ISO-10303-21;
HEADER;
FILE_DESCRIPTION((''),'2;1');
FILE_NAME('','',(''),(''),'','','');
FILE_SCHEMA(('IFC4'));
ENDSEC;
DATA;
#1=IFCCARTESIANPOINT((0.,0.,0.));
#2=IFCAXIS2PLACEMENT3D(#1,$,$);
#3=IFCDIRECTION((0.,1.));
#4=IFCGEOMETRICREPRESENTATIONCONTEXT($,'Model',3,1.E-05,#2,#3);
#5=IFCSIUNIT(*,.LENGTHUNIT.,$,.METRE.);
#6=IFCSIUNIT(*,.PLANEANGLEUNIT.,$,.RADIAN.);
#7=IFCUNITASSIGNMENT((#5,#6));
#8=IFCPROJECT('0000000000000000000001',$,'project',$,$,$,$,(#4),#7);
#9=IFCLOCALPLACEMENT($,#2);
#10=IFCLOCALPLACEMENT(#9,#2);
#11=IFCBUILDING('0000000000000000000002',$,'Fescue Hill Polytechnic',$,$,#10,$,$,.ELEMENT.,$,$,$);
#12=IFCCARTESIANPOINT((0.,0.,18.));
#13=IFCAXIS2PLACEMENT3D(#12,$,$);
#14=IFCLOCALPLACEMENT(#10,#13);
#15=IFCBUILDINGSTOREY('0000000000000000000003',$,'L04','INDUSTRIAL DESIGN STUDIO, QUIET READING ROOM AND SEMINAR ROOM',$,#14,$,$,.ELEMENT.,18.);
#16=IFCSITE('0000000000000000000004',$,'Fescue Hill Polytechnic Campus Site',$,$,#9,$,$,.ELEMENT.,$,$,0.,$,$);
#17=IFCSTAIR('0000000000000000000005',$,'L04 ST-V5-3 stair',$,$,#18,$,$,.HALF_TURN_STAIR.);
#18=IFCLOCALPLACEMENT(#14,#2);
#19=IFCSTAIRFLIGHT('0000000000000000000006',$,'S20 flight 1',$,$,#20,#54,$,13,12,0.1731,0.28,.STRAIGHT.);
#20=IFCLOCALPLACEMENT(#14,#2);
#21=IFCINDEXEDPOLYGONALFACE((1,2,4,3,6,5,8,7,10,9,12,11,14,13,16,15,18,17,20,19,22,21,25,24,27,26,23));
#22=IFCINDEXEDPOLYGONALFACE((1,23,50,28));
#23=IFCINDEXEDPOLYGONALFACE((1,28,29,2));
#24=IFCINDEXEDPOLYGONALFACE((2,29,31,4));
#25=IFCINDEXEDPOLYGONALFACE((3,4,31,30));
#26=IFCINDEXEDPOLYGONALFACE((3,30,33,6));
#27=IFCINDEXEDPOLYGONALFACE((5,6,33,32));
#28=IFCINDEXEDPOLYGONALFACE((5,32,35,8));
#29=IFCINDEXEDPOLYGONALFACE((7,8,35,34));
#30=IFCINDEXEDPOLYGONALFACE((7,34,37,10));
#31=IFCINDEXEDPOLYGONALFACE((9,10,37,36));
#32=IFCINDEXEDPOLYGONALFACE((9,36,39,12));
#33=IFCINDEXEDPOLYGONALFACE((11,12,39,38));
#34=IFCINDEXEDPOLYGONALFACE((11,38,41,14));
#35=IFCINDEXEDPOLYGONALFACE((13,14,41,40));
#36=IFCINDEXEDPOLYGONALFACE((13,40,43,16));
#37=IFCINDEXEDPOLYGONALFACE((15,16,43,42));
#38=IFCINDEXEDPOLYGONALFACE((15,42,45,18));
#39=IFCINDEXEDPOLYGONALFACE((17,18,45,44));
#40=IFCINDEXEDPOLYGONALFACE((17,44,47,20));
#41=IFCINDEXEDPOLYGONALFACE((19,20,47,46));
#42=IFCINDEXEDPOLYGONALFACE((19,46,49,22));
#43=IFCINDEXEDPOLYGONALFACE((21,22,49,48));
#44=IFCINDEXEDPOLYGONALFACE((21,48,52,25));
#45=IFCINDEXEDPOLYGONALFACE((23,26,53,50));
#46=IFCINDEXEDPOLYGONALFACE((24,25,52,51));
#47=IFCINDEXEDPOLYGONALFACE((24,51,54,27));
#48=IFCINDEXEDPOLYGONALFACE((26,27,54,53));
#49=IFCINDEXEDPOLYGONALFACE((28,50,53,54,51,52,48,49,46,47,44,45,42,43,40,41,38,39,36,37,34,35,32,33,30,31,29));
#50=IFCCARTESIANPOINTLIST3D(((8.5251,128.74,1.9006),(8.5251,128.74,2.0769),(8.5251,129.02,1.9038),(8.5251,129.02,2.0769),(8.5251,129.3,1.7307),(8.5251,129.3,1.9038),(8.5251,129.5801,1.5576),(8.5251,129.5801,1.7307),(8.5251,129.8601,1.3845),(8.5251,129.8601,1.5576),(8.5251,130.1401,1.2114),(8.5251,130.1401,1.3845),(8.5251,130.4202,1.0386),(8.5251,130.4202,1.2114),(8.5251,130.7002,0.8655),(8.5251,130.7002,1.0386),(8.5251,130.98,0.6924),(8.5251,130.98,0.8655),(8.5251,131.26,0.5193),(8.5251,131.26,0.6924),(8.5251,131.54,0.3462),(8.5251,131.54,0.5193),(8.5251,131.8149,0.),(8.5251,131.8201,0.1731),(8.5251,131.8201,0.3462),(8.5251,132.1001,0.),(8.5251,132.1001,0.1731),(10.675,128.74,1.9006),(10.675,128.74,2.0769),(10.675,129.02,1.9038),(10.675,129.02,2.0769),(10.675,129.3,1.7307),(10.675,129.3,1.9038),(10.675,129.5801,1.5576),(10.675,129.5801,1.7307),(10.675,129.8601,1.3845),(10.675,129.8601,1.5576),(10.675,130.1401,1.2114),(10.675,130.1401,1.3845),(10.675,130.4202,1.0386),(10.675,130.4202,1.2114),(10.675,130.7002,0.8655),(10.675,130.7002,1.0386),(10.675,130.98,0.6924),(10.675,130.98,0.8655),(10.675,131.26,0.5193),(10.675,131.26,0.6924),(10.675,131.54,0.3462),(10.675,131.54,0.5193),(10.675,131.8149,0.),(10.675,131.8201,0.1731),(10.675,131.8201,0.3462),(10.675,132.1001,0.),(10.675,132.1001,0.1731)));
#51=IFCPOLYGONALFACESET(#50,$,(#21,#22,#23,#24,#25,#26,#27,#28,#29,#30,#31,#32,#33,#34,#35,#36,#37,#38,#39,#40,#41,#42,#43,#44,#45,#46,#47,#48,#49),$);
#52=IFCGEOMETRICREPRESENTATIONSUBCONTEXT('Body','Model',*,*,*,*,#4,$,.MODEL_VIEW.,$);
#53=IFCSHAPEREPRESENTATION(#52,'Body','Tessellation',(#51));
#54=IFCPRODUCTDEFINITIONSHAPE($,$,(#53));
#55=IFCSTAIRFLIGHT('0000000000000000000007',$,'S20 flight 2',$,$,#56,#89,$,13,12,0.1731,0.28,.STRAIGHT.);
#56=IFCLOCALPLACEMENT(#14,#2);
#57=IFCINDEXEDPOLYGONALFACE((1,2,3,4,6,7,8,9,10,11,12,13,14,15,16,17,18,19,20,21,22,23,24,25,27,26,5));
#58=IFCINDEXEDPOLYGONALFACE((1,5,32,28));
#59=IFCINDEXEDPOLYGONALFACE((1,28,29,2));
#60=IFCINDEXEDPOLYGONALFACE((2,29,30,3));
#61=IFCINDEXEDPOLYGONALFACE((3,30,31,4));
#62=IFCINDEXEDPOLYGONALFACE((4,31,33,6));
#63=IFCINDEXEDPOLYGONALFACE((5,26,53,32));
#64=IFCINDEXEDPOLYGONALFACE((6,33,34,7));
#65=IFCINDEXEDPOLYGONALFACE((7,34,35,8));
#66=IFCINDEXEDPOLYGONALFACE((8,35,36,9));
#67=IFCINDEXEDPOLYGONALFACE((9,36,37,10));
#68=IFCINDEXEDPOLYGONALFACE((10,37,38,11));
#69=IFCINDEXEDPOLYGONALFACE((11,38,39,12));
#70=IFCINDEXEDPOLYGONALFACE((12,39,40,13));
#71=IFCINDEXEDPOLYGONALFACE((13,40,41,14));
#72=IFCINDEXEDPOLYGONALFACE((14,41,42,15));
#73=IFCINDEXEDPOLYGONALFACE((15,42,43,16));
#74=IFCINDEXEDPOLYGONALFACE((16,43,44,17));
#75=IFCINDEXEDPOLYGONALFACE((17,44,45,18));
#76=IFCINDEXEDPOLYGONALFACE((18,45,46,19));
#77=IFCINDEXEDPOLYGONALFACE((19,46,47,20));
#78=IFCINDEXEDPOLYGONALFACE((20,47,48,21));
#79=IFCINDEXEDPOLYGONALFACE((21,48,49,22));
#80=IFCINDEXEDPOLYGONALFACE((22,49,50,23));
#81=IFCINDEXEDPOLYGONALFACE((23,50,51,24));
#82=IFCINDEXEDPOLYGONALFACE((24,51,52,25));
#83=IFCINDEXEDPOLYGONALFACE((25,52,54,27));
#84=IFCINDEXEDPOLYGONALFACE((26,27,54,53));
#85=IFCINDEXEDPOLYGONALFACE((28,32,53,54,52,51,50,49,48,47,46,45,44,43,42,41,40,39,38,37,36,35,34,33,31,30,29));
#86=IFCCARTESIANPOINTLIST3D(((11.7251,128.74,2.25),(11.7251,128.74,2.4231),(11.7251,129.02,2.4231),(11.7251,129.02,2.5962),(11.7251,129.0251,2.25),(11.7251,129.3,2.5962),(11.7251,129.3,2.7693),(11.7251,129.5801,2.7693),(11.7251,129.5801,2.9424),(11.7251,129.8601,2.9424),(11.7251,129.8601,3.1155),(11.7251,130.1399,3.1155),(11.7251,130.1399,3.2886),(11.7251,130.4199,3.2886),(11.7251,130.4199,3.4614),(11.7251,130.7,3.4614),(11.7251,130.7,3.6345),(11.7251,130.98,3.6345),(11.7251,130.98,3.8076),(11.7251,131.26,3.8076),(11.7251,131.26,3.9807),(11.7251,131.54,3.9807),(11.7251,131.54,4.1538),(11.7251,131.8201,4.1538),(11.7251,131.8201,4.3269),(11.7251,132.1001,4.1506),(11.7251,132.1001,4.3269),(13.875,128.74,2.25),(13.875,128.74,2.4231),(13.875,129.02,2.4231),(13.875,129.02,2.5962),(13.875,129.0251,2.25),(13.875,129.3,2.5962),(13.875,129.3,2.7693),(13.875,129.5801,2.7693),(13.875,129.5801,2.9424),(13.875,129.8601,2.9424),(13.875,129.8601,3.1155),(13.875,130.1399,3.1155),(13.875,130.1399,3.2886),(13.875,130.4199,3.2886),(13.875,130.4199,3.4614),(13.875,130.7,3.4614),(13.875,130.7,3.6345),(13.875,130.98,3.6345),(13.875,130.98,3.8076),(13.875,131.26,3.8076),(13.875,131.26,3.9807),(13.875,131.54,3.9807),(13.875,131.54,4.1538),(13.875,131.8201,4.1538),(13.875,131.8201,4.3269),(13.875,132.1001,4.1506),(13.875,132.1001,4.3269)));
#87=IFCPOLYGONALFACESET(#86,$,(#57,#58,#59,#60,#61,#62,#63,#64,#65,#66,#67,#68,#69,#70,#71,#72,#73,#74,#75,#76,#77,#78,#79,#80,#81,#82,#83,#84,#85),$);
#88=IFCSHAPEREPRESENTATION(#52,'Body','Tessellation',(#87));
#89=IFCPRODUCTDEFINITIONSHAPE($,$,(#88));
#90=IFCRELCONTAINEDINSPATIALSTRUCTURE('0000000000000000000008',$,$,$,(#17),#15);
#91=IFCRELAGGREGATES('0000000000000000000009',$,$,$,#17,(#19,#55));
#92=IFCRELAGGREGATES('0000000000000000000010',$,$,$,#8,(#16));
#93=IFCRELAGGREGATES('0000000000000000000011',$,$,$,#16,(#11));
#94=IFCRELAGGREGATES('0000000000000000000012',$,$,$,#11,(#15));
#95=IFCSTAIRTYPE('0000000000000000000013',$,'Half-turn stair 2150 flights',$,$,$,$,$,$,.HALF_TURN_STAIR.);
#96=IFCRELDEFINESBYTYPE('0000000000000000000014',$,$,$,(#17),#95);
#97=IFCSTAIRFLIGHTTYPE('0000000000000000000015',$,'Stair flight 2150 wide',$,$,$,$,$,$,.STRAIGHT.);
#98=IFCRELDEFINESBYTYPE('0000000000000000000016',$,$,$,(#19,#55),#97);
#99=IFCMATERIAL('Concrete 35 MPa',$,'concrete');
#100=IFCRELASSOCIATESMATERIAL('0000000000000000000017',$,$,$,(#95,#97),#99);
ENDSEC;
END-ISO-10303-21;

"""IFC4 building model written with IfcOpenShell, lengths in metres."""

from ifc_helpers import new_model, si_unit, direction, frame, origin, place, context, subcontext, project, spatial, polyline, outline, extrude, material, type_object, element, aggregate, save


model = new_model("IFC4")

# Units and contexts
model_context = context("Model", 3, precision=1e-05, world=origin(), true_north=direction((0.0, 1.0)))
body_context = subcontext(model_context, "Body", "Model", "MODEL_VIEW")
ifc_project = project(units=[si_unit("LENGTHUNIT", "METRE"), si_unit("PLANEANGLEUNIT", "RADIAN")], contexts=[model_context])

# Site, building, storey
site_placement = place(None, origin())
site = spatial("IfcSite", under=ifc_project, at=site_placement, Name="Fescue Hill Polytechnic Campus Site", CompositionType="ELEMENT", RefElevation=0.0)
building_placement = place(site_placement, origin())
building = spatial("IfcBuilding", under=site, at=building_placement, Name="Fescue Hill Polytechnic", CompositionType="ELEMENT")
storey_placement = place(building_placement, frame((0.0, 0.0, 18.0)))
storey = spatial("IfcBuildingStorey", under=building, at=storey_placement, Name="L04", Description="INDUSTRIAL DESIGN STUDIO, QUIET READING ROOM AND SEMINAR ROOM", CompositionType="ELEMENT", Elevation=18.0)

# Shared definitions
ifc_material_1 = material(Name="Concrete 35 MPa", Category="concrete")

# Stair, stair flights
stair_type = type_object("IfcStairType", Name="Half-turn stair 2150 flights", PredefinedType="HALF_TURN_STAIR", material=ifc_material_1)
stair_placement = place(storey_placement, origin())
stair = element("IfcStair", 1, at=stair_placement, inside=storey, type_object=stair_type, Name="L04 ST-V5-3 stair", PredefinedType="HALF_TURN_STAIR")
stair_flight_type = type_object("IfcStairFlightType", Name="Stair flight 2150 wide", PredefinedType="STRAIGHT", material=ifc_material_1)
stair_flight_1_placement = place(storey_placement, frame((9.6001, 132.1001, 0.0), z_axis=(0.0, 0.0, 1.0), x_axis=(0.0, -1.0, 0.0)))
stair_flight_1 = element("IfcStairFlight", 2, at=stair_flight_1_placement, type_object=stair_flight_type, Name="S20 flight 1", NumberOfRisers=13, NumberOfTreads=12, PredefinedType="STRAIGHT", RiserHeight=0.1731, TreadLength=0.28, context=body_context, shape_type="SweptSolid", body=[
    extrude(outline(polyline([(0.0, 0.0), (0.0, 0.1731), (0.28, 0.1731), (0.28, 0.3462), (0.5601, 0.3462), (0.5601, 0.5193), (0.8401, 0.5193), (0.8401, 0.6924), (1.1201, 0.6924), (1.1201, 0.8655), (1.3999, 0.8655), (1.3999, 1.0386), (1.6799, 1.0386), (1.6799, 1.2114), (1.96, 1.2114), (1.96, 1.3845), (2.24, 1.3845), (2.24, 1.5576), (2.52, 1.5576), (2.52, 1.7307), (2.8, 1.7307), (2.8, 1.9038), (3.0801, 1.9038), (3.0801, 2.0769), (3.3601, 2.0769), (3.3601, 2.25), (3.3601, 1.9006), (0.2852, 0.0), (0.0, 0.0)])), frame((0.0, 1.075, 0.0), z_axis=(0.0, -1.0, 0.0), x_axis=(1.0, 0.0, 0.0)), (0.0, 0.0, 1.0), 2.1499),
])
stair_flight_2_placement = place(storey_placement, frame((12.8, 128.74, 2.25), z_axis=(0.0, 0.0, 1.0), x_axis=(0.0, 1.0, 0.0)))
stair_flight_2 = element("IfcStairFlight", 3, at=stair_flight_2_placement, type_object=stair_flight_type, Name="S20 flight 2", NumberOfRisers=13, NumberOfTreads=12, PredefinedType="STRAIGHT", RiserHeight=0.1731, TreadLength=0.28, context=body_context, shape_type="SweptSolid", body=[
    extrude(outline(polyline([(0.0, 0.0), (0.0, 0.1731), (0.28, 0.1731), (0.28, 0.3462), (0.5601, 0.3462), (0.5601, 0.5193), (0.8401, 0.5193), (0.8401, 0.6924), (1.1201, 0.6924), (1.1201, 0.8655), (1.3999, 0.8655), (1.3999, 1.0386), (1.6799, 1.0386), (1.6799, 1.2114), (1.96, 1.2114), (1.96, 1.3845), (2.24, 1.3845), (2.24, 1.5576), (2.52, 1.5576), (2.52, 1.7307), (2.8, 1.7307), (2.8, 1.9038), (3.0801, 1.9038), (3.0801, 2.0769), (3.3601, 2.0769), (3.3601, 2.25), (3.3601, 1.9006), (0.2852, 0.0), (0.0, 0.0)])), frame((0.0, 1.075, 0.0), z_axis=(0.0, -1.0, 0.0), x_axis=(1.0, 0.0, 0.0)), (0.0, 0.0, 1.0), 2.1499),
])
aggregate(stair, [stair_flight_1, stair_flight_2])

save(model, "model.ifc")
